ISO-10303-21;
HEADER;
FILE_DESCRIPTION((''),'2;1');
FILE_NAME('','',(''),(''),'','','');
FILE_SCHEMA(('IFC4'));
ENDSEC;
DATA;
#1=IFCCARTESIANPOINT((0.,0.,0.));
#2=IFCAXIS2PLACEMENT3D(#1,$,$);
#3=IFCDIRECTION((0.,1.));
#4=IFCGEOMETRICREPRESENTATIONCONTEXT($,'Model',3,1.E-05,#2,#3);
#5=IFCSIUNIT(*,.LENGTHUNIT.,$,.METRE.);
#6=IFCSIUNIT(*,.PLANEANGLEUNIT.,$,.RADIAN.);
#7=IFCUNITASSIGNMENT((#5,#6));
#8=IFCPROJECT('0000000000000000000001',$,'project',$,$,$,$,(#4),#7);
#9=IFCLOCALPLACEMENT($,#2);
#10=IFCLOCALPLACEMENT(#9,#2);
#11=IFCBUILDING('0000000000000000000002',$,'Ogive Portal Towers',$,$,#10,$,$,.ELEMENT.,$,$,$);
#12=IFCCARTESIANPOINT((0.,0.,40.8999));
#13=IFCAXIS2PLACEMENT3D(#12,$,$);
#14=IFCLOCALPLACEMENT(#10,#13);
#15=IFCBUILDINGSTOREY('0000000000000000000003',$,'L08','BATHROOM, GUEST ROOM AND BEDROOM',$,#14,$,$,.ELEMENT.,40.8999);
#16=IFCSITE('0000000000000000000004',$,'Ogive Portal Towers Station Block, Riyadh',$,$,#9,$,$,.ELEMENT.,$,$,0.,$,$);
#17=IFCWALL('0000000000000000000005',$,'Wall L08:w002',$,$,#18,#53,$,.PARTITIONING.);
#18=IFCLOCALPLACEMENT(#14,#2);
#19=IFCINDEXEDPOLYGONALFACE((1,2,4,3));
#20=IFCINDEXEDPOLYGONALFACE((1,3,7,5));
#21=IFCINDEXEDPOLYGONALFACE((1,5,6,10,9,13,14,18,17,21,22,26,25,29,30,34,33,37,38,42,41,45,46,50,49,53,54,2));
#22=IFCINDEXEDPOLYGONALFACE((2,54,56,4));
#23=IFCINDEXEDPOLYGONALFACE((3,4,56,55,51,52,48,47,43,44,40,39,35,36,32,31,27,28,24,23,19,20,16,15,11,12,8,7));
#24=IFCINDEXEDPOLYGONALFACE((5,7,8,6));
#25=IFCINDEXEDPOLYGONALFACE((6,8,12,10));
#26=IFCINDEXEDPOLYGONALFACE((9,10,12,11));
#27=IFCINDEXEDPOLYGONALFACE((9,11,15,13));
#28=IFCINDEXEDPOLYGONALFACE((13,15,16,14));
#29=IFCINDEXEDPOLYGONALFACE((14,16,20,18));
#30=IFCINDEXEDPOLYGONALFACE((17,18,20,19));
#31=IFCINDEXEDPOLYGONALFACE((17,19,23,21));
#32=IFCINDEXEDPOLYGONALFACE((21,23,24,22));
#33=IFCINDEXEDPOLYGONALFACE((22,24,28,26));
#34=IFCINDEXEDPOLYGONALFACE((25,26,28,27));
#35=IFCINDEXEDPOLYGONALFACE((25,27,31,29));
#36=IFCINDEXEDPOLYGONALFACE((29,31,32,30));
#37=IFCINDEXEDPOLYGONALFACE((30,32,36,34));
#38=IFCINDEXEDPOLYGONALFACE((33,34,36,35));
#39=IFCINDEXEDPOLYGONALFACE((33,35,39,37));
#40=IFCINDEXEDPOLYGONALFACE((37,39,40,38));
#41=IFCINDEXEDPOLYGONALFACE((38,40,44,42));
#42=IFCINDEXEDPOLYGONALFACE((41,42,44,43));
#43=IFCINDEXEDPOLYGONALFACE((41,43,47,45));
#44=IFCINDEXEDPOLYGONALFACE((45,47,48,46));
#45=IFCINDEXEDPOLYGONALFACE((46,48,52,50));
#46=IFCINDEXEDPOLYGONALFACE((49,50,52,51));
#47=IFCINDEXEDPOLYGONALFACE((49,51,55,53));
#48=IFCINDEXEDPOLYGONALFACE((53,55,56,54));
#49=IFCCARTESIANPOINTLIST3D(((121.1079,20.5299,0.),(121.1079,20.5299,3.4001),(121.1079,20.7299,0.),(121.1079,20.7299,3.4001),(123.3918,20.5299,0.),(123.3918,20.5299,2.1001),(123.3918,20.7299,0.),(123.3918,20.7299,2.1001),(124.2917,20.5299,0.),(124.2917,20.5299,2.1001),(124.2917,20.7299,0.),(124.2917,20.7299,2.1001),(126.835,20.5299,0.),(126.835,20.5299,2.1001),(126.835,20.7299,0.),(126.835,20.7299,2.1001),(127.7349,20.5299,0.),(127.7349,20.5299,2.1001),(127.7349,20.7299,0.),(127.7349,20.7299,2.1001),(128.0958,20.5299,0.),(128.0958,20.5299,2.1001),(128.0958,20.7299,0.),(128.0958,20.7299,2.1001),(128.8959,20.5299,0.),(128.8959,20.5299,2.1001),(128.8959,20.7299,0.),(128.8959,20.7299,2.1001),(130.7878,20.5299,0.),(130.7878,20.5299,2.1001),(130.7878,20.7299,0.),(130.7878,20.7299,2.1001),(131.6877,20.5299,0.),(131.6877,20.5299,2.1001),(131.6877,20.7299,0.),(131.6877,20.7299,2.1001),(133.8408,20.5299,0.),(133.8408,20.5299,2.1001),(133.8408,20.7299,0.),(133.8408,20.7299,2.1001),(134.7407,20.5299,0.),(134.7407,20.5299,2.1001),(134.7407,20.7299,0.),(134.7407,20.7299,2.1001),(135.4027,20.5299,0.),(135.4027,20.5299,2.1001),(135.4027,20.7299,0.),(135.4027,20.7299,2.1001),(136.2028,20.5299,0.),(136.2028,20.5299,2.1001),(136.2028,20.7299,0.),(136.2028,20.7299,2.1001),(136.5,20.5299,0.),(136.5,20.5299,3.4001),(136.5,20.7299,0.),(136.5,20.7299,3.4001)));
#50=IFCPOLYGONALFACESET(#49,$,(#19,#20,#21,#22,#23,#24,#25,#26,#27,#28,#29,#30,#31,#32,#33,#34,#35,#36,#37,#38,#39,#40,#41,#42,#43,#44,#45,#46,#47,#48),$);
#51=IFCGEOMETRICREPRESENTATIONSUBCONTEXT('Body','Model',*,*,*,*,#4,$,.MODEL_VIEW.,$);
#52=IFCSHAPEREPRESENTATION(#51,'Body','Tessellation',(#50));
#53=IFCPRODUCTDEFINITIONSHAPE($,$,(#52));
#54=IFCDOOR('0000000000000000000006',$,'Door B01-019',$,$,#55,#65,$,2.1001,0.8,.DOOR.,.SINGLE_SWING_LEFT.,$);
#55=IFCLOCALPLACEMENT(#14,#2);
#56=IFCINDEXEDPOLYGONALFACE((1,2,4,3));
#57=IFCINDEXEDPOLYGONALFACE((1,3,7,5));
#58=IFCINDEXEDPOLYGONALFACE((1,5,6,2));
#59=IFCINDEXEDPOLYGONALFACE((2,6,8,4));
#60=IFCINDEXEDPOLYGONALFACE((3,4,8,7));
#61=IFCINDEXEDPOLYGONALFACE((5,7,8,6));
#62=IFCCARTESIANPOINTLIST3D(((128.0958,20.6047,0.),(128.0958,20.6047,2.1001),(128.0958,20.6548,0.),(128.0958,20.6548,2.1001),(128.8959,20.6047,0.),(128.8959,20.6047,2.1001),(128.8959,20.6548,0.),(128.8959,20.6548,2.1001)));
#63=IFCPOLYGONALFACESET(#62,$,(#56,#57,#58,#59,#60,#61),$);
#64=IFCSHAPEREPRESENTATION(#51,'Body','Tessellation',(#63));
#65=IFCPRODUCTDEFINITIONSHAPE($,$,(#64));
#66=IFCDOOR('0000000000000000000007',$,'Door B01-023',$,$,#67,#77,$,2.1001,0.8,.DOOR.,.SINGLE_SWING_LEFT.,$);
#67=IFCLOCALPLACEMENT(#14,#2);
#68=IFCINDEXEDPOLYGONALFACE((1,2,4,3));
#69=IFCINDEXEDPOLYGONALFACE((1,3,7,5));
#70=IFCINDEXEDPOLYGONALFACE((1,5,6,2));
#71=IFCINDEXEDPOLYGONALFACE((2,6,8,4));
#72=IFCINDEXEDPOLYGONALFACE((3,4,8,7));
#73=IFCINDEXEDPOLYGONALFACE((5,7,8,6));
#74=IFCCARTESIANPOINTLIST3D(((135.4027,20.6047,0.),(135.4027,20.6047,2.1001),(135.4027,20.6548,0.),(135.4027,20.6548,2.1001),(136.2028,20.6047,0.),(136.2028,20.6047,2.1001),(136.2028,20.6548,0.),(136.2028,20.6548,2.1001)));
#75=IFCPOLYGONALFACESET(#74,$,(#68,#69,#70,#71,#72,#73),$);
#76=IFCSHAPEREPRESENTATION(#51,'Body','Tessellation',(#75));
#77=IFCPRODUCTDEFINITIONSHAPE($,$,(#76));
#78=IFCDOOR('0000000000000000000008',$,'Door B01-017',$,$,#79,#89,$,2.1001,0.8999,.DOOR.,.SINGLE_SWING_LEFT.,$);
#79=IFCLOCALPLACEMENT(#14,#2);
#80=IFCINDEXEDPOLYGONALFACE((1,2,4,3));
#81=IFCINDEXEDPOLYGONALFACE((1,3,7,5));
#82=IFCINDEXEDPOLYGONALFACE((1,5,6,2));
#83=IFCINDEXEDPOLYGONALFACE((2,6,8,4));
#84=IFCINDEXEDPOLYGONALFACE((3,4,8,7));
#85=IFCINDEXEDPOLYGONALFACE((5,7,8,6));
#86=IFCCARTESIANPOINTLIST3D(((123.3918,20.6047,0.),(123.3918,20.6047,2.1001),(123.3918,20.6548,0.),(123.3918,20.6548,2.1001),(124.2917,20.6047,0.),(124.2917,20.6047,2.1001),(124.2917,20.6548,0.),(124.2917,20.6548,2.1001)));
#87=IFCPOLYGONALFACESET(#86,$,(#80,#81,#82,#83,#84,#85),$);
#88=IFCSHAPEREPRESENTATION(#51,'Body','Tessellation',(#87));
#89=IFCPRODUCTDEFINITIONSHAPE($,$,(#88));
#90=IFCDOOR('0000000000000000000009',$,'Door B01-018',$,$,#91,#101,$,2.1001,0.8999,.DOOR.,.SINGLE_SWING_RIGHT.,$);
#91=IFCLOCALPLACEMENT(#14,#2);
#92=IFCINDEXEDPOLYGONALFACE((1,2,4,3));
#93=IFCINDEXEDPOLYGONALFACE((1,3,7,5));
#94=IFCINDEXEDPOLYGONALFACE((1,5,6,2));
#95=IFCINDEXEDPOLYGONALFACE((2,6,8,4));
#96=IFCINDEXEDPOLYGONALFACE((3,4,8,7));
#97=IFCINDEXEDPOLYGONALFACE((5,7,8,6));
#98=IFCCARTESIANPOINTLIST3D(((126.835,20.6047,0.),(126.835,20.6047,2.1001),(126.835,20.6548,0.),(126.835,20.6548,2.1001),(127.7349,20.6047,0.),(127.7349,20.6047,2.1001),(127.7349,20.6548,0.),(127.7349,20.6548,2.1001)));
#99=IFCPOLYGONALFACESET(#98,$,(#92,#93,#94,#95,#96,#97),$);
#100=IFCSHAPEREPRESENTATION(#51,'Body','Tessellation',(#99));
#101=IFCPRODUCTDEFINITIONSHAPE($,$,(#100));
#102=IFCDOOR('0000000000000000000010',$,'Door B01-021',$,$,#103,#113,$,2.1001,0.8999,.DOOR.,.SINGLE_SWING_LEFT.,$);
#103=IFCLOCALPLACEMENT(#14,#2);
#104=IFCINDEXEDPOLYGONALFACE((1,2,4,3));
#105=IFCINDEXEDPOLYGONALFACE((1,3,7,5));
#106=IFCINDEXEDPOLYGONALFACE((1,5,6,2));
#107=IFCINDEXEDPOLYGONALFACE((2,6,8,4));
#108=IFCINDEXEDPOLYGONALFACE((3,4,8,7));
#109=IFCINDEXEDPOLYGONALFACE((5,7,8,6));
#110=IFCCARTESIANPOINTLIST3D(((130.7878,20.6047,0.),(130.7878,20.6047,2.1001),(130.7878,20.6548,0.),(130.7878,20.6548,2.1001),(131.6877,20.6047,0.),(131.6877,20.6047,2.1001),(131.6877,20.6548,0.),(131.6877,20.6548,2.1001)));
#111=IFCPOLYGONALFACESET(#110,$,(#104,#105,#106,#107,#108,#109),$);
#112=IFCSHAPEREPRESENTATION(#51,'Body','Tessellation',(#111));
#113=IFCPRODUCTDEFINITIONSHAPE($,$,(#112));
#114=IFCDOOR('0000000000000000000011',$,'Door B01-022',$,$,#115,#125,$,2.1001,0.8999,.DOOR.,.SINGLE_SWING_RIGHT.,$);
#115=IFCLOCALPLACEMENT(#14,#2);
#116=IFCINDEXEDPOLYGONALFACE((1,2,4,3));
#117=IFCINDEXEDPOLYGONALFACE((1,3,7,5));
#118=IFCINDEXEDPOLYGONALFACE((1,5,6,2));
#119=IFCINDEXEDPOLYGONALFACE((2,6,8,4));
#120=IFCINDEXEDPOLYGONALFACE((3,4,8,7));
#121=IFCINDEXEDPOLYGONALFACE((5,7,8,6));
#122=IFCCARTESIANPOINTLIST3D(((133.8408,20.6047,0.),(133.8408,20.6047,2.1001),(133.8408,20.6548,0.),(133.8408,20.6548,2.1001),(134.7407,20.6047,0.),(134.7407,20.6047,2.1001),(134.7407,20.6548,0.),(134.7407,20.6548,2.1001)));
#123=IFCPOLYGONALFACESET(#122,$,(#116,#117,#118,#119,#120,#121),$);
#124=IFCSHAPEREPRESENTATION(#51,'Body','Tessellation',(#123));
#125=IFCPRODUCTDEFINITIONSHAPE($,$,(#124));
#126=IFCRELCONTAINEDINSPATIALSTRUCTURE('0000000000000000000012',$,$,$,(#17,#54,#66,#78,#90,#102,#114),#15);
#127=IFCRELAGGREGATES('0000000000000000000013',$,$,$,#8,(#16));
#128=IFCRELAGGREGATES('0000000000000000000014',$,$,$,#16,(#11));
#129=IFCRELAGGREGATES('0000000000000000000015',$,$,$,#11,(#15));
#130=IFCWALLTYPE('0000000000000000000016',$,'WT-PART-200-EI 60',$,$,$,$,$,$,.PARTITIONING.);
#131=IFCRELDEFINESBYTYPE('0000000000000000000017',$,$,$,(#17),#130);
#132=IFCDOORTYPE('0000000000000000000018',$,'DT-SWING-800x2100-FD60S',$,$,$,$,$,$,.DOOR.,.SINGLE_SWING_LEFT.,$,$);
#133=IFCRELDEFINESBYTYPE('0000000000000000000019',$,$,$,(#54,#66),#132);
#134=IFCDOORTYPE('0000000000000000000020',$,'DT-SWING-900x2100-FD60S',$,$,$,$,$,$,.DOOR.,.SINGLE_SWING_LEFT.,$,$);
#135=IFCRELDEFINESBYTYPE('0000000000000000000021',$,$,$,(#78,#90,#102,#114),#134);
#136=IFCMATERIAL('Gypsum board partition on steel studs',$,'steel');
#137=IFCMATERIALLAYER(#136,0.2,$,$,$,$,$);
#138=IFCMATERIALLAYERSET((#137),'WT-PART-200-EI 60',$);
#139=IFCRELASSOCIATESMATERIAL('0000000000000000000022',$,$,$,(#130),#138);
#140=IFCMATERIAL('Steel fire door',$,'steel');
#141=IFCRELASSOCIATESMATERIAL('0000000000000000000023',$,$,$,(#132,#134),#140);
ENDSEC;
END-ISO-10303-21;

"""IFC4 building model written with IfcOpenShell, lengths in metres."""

from ifc_helpers import new_model, si_unit, direction, frame, frame_2d, origin, place, context, subcontext, project, spatial, rectangle, extrude, material, layer, layer_set, type_object, element, fill, save


model = new_model("IFC4")

# Units and contexts
model_context = context("Model", 3, precision=1e-05, world=origin(), true_north=direction((0.0, 1.0)))
body_context = subcontext(model_context, "Body", "Model", "MODEL_VIEW")
ifc_project = project(units=[si_unit("LENGTHUNIT", "METRE"), si_unit("PLANEANGLEUNIT", "RADIAN")], contexts=[model_context])

# Site, building, storey
site_placement = place(None, origin())
site = spatial("IfcSite", under=ifc_project, at=site_placement, Name="Ogive Portal Towers Station Block, Riyadh", CompositionType="ELEMENT", RefElevation=0.0)
building_placement = place(site_placement, origin())
building = spatial("IfcBuilding", under=site, at=building_placement, Name="Ogive Portal Towers", CompositionType="ELEMENT")
storey_placement = place(building_placement, frame((0.0, 0.0, 40.8999)))
storey = spatial("IfcBuildingStorey", under=building, at=storey_placement, Name="L08", Description="BATHROOM, GUEST ROOM AND BEDROOM", CompositionType="ELEMENT", Elevation=40.8999)

# Wall, openings, doors
ifc_material_1 = material(Name="Gypsum board partition on steel studs", Category="steel")
ifc_layer_1 = layer(ifc_material_1, 0.2)
ifc_layer_set_1 = layer_set([ifc_layer_1], Name="WT-PART-200-EI 60")
wall_type = type_object("IfcWallType", Name="WT-PART-200-EI 60", PredefinedType="PARTITIONING", material=ifc_layer_set_1)
wall_placement = place(storey_placement, frame((121.1079, 20.6299, 0.0), z_axis=(0.0, 0.0, 1.0), x_axis=(1.0, 0.0, 0.0)))
wall = element("IfcWall", 1, at=wall_placement, inside=storey, type_object=wall_type, Name="Wall L08:w002", PredefinedType="PARTITIONING", context=body_context, shape_type="SweptSolid", body=[
    extrude(rectangle(XDim=15.3921, YDim=0.2, at=frame_2d((7.696, 0.0))), origin(), (0.0, 0.0, 1.0), 3.4001),
])
opening_1_placement = place(wall_placement, frame((2.2839, 0.0, 0.0)))
opening_1 = element("IfcOpeningElement", 2, at=opening_1_placement, cuts=wall, PredefinedType="OPENING", context=body_context, shape_type="SweptSolid", body=[
    extrude(rectangle(XDim=0.8999, YDim=2.1001, at=frame_2d((0.45, 1.05))), frame((0.0, 0.1099, 0.0), z_axis=(0.0, -1.0, 0.0), x_axis=(1.0, 0.0, 0.0)), (0.0, 0.0, 1.0), 0.22),
])
opening_2_placement = place(wall_placement, frame((5.7271, 0.0, 0.0)))
opening_2 = element("IfcOpeningElement", 3, at=opening_2_placement, cuts=wall, PredefinedType="OPENING", context=body_context, shape_type="SweptSolid", body=[
    extrude(rectangle(XDim=0.8999, YDim=2.1001, at=frame_2d((0.45, 1.05))), frame((0.0, 0.1099, 0.0), z_axis=(0.0, -1.0, 0.0), x_axis=(1.0, 0.0, 0.0)), (0.0, 0.0, 1.0), 0.22),
])
opening_3_placement = place(wall_placement, frame((6.988, 0.0, 0.0)))
opening_3 = element("IfcOpeningElement", 4, at=opening_3_placement, cuts=wall, PredefinedType="OPENING", context=body_context, shape_type="SweptSolid", body=[
    extrude(rectangle(XDim=0.8, YDim=2.1001, at=frame_2d((0.3999, 1.05))), frame((0.0, 0.1099, 0.0), z_axis=(0.0, -1.0, 0.0), x_axis=(1.0, 0.0, 0.0)), (0.0, 0.0, 1.0), 0.22),
])
opening_4_placement = place(wall_placement, frame((9.6799, 0.0, 0.0)))
opening_4 = element("IfcOpeningElement", 5, at=opening_4_placement, cuts=wall, PredefinedType="OPENING", context=body_context, shape_type="SweptSolid", body=[
    extrude(rectangle(XDim=0.8999, YDim=2.1001, at=frame_2d((0.45, 1.05))), frame((0.0, 0.1099, 0.0), z_axis=(0.0, -1.0, 0.0), x_axis=(1.0, 0.0, 0.0)), (0.0, 0.0, 1.0), 0.22),
])
opening_5_placement = place(wall_placement, frame((12.7329, 0.0, 0.0)))
opening_5 = element("IfcOpeningElement", 6, at=opening_5_placement, cuts=wall, PredefinedType="OPENING", context=body_context, shape_type="SweptSolid", body=[
    extrude(rectangle(XDim=0.8999, YDim=2.1001, at=frame_2d((0.45, 1.05))), frame((0.0, 0.1099, 0.0), z_axis=(0.0, -1.0, 0.0), x_axis=(1.0, 0.0, 0.0)), (0.0, 0.0, 1.0), 0.22),
])
opening_6_placement = place(wall_placement, frame((14.2949, 0.0, 0.0)))
opening_6 = element("IfcOpeningElement", 7, at=opening_6_placement, cuts=wall, PredefinedType="OPENING", context=body_context, shape_type="SweptSolid", body=[
    extrude(rectangle(XDim=0.8, YDim=2.1001, at=frame_2d((0.3999, 1.05))), frame((0.0, 0.1099, 0.0), z_axis=(0.0, -1.0, 0.0), x_axis=(1.0, 0.0, 0.0)), (0.0, 0.0, 1.0), 0.22),
])
ifc_material_2 = material(Name="Steel fire door", Category="steel")
door_type_1 = type_object("IfcDoorType", Name="DT-SWING-800x2100-FD60S", OperationType="SINGLE_SWING_LEFT", PredefinedType="DOOR", material=ifc_material_2)
door_1_placement = place(opening_3_placement, origin())
door_1 = element("IfcDoor", 8, at=door_1_placement, inside=storey, type_object=door_type_1, Name="Door B01-019", OperationType="SINGLE_SWING_LEFT", OverallHeight=2.1001, OverallWidth=0.8, PredefinedType="DOOR", context=body_context, shape_type="SweptSolid", body=[
    extrude(rectangle(XDim=0.8, YDim=2.1001, at=frame_2d((0.3999, 1.05))), frame((0.0, 0.0249, 0.0), z_axis=(0.0, -1.0, 0.0), x_axis=(1.0, 0.0, 0.0)), (0.0, 0.0, 1.0), 0.05),
])
fill(opening_3, door_1)
door_2_placement = place(opening_6_placement, origin())
door_2 = element("IfcDoor", 9, at=door_2_placement, inside=storey, type_object=door_type_1, Name="Door B01-023", OperationType="SINGLE_SWING_LEFT", OverallHeight=2.1001, OverallWidth=0.8, PredefinedType="DOOR", context=body_context, shape_type="SweptSolid", body=[
    extrude(rectangle(XDim=0.8, YDim=2.1001, at=frame_2d((0.3999, 1.05))), frame((0.0, 0.0249, 0.0), z_axis=(0.0, -1.0, 0.0), x_axis=(1.0, 0.0, 0.0)), (0.0, 0.0, 1.0), 0.05),
])
fill(opening_6, door_2)
door_type_2 = type_object("IfcDoorType", Name="DT-SWING-900x2100-FD60S", OperationType="SINGLE_SWING_LEFT", PredefinedType="DOOR", material=ifc_material_2)
door_3_placement = place(opening_1_placement, origin())
door_3 = element("IfcDoor", 10, at=door_3_placement, inside=storey, type_object=door_type_2, Name="Door B01-017", OperationType="SINGLE_SWING_LEFT", OverallHeight=2.1001, OverallWidth=0.8999, PredefinedType="DOOR", context=body_context, shape_type="SweptSolid", body=[
    extrude(rectangle(XDim=0.8999, YDim=2.1001, at=frame_2d((0.45, 1.05))), frame((0.0, 0.0249, 0.0), z_axis=(0.0, -1.0, 0.0), x_axis=(1.0, 0.0, 0.0)), (0.0, 0.0, 1.0), 0.05),
])
fill(opening_1, door_3)
door_4_placement = place(opening_2_placement, origin())
door_4 = element("IfcDoor", 11, at=door_4_placement, inside=storey, type_object=door_type_2, Name="Door B01-018", OperationType="SINGLE_SWING_RIGHT", OverallHeight=2.1001, OverallWidth=0.8999, PredefinedType="DOOR", context=body_context, shape_type="SweptSolid", body=[
    extrude(rectangle(XDim=0.8999, YDim=2.1001, at=frame_2d((0.45, 1.05))), frame((0.0, 0.0249, 0.0), z_axis=(0.0, -1.0, 0.0), x_axis=(1.0, 0.0, 0.0)), (0.0, 0.0, 1.0), 0.05),
])
fill(opening_2, door_4)
door_5_placement = place(opening_4_placement, origin())
door_5 = element("IfcDoor", 12, at=door_5_placement, inside=storey, type_object=door_type_2, Name="Door B01-021", OperationType="SINGLE_SWING_LEFT", OverallHeight=2.1001, OverallWidth=0.8999, PredefinedType="DOOR", context=body_context, shape_type="SweptSolid", body=[
    extrude(rectangle(XDim=0.8999, YDim=2.1001, at=frame_2d((0.45, 1.05))), frame((0.0, 0.0249, 0.0), z_axis=(0.0, -1.0, 0.0), x_axis=(1.0, 0.0, 0.0)), (0.0, 0.0, 1.0), 0.05),
])
fill(opening_4, door_5)
door_6_placement = place(opening_5_placement, origin())
door_6 = element("IfcDoor", 13, at=door_6_placement, inside=storey, type_object=door_type_2, Name="Door B01-022", OperationType="SINGLE_SWING_RIGHT", OverallHeight=2.1001, OverallWidth=0.8999, PredefinedType="DOOR", context=body_context, shape_type="SweptSolid", body=[
    extrude(rectangle(XDim=0.8999, YDim=2.1001, at=frame_2d((0.45, 1.05))), frame((0.0, 0.0249, 0.0), z_axis=(0.0, -1.0, 0.0), x_axis=(1.0, 0.0, 0.0)), (0.0, 0.0, 1.0), 0.05),
])
fill(opening_5, door_6)

save(model, "model.ifc")
